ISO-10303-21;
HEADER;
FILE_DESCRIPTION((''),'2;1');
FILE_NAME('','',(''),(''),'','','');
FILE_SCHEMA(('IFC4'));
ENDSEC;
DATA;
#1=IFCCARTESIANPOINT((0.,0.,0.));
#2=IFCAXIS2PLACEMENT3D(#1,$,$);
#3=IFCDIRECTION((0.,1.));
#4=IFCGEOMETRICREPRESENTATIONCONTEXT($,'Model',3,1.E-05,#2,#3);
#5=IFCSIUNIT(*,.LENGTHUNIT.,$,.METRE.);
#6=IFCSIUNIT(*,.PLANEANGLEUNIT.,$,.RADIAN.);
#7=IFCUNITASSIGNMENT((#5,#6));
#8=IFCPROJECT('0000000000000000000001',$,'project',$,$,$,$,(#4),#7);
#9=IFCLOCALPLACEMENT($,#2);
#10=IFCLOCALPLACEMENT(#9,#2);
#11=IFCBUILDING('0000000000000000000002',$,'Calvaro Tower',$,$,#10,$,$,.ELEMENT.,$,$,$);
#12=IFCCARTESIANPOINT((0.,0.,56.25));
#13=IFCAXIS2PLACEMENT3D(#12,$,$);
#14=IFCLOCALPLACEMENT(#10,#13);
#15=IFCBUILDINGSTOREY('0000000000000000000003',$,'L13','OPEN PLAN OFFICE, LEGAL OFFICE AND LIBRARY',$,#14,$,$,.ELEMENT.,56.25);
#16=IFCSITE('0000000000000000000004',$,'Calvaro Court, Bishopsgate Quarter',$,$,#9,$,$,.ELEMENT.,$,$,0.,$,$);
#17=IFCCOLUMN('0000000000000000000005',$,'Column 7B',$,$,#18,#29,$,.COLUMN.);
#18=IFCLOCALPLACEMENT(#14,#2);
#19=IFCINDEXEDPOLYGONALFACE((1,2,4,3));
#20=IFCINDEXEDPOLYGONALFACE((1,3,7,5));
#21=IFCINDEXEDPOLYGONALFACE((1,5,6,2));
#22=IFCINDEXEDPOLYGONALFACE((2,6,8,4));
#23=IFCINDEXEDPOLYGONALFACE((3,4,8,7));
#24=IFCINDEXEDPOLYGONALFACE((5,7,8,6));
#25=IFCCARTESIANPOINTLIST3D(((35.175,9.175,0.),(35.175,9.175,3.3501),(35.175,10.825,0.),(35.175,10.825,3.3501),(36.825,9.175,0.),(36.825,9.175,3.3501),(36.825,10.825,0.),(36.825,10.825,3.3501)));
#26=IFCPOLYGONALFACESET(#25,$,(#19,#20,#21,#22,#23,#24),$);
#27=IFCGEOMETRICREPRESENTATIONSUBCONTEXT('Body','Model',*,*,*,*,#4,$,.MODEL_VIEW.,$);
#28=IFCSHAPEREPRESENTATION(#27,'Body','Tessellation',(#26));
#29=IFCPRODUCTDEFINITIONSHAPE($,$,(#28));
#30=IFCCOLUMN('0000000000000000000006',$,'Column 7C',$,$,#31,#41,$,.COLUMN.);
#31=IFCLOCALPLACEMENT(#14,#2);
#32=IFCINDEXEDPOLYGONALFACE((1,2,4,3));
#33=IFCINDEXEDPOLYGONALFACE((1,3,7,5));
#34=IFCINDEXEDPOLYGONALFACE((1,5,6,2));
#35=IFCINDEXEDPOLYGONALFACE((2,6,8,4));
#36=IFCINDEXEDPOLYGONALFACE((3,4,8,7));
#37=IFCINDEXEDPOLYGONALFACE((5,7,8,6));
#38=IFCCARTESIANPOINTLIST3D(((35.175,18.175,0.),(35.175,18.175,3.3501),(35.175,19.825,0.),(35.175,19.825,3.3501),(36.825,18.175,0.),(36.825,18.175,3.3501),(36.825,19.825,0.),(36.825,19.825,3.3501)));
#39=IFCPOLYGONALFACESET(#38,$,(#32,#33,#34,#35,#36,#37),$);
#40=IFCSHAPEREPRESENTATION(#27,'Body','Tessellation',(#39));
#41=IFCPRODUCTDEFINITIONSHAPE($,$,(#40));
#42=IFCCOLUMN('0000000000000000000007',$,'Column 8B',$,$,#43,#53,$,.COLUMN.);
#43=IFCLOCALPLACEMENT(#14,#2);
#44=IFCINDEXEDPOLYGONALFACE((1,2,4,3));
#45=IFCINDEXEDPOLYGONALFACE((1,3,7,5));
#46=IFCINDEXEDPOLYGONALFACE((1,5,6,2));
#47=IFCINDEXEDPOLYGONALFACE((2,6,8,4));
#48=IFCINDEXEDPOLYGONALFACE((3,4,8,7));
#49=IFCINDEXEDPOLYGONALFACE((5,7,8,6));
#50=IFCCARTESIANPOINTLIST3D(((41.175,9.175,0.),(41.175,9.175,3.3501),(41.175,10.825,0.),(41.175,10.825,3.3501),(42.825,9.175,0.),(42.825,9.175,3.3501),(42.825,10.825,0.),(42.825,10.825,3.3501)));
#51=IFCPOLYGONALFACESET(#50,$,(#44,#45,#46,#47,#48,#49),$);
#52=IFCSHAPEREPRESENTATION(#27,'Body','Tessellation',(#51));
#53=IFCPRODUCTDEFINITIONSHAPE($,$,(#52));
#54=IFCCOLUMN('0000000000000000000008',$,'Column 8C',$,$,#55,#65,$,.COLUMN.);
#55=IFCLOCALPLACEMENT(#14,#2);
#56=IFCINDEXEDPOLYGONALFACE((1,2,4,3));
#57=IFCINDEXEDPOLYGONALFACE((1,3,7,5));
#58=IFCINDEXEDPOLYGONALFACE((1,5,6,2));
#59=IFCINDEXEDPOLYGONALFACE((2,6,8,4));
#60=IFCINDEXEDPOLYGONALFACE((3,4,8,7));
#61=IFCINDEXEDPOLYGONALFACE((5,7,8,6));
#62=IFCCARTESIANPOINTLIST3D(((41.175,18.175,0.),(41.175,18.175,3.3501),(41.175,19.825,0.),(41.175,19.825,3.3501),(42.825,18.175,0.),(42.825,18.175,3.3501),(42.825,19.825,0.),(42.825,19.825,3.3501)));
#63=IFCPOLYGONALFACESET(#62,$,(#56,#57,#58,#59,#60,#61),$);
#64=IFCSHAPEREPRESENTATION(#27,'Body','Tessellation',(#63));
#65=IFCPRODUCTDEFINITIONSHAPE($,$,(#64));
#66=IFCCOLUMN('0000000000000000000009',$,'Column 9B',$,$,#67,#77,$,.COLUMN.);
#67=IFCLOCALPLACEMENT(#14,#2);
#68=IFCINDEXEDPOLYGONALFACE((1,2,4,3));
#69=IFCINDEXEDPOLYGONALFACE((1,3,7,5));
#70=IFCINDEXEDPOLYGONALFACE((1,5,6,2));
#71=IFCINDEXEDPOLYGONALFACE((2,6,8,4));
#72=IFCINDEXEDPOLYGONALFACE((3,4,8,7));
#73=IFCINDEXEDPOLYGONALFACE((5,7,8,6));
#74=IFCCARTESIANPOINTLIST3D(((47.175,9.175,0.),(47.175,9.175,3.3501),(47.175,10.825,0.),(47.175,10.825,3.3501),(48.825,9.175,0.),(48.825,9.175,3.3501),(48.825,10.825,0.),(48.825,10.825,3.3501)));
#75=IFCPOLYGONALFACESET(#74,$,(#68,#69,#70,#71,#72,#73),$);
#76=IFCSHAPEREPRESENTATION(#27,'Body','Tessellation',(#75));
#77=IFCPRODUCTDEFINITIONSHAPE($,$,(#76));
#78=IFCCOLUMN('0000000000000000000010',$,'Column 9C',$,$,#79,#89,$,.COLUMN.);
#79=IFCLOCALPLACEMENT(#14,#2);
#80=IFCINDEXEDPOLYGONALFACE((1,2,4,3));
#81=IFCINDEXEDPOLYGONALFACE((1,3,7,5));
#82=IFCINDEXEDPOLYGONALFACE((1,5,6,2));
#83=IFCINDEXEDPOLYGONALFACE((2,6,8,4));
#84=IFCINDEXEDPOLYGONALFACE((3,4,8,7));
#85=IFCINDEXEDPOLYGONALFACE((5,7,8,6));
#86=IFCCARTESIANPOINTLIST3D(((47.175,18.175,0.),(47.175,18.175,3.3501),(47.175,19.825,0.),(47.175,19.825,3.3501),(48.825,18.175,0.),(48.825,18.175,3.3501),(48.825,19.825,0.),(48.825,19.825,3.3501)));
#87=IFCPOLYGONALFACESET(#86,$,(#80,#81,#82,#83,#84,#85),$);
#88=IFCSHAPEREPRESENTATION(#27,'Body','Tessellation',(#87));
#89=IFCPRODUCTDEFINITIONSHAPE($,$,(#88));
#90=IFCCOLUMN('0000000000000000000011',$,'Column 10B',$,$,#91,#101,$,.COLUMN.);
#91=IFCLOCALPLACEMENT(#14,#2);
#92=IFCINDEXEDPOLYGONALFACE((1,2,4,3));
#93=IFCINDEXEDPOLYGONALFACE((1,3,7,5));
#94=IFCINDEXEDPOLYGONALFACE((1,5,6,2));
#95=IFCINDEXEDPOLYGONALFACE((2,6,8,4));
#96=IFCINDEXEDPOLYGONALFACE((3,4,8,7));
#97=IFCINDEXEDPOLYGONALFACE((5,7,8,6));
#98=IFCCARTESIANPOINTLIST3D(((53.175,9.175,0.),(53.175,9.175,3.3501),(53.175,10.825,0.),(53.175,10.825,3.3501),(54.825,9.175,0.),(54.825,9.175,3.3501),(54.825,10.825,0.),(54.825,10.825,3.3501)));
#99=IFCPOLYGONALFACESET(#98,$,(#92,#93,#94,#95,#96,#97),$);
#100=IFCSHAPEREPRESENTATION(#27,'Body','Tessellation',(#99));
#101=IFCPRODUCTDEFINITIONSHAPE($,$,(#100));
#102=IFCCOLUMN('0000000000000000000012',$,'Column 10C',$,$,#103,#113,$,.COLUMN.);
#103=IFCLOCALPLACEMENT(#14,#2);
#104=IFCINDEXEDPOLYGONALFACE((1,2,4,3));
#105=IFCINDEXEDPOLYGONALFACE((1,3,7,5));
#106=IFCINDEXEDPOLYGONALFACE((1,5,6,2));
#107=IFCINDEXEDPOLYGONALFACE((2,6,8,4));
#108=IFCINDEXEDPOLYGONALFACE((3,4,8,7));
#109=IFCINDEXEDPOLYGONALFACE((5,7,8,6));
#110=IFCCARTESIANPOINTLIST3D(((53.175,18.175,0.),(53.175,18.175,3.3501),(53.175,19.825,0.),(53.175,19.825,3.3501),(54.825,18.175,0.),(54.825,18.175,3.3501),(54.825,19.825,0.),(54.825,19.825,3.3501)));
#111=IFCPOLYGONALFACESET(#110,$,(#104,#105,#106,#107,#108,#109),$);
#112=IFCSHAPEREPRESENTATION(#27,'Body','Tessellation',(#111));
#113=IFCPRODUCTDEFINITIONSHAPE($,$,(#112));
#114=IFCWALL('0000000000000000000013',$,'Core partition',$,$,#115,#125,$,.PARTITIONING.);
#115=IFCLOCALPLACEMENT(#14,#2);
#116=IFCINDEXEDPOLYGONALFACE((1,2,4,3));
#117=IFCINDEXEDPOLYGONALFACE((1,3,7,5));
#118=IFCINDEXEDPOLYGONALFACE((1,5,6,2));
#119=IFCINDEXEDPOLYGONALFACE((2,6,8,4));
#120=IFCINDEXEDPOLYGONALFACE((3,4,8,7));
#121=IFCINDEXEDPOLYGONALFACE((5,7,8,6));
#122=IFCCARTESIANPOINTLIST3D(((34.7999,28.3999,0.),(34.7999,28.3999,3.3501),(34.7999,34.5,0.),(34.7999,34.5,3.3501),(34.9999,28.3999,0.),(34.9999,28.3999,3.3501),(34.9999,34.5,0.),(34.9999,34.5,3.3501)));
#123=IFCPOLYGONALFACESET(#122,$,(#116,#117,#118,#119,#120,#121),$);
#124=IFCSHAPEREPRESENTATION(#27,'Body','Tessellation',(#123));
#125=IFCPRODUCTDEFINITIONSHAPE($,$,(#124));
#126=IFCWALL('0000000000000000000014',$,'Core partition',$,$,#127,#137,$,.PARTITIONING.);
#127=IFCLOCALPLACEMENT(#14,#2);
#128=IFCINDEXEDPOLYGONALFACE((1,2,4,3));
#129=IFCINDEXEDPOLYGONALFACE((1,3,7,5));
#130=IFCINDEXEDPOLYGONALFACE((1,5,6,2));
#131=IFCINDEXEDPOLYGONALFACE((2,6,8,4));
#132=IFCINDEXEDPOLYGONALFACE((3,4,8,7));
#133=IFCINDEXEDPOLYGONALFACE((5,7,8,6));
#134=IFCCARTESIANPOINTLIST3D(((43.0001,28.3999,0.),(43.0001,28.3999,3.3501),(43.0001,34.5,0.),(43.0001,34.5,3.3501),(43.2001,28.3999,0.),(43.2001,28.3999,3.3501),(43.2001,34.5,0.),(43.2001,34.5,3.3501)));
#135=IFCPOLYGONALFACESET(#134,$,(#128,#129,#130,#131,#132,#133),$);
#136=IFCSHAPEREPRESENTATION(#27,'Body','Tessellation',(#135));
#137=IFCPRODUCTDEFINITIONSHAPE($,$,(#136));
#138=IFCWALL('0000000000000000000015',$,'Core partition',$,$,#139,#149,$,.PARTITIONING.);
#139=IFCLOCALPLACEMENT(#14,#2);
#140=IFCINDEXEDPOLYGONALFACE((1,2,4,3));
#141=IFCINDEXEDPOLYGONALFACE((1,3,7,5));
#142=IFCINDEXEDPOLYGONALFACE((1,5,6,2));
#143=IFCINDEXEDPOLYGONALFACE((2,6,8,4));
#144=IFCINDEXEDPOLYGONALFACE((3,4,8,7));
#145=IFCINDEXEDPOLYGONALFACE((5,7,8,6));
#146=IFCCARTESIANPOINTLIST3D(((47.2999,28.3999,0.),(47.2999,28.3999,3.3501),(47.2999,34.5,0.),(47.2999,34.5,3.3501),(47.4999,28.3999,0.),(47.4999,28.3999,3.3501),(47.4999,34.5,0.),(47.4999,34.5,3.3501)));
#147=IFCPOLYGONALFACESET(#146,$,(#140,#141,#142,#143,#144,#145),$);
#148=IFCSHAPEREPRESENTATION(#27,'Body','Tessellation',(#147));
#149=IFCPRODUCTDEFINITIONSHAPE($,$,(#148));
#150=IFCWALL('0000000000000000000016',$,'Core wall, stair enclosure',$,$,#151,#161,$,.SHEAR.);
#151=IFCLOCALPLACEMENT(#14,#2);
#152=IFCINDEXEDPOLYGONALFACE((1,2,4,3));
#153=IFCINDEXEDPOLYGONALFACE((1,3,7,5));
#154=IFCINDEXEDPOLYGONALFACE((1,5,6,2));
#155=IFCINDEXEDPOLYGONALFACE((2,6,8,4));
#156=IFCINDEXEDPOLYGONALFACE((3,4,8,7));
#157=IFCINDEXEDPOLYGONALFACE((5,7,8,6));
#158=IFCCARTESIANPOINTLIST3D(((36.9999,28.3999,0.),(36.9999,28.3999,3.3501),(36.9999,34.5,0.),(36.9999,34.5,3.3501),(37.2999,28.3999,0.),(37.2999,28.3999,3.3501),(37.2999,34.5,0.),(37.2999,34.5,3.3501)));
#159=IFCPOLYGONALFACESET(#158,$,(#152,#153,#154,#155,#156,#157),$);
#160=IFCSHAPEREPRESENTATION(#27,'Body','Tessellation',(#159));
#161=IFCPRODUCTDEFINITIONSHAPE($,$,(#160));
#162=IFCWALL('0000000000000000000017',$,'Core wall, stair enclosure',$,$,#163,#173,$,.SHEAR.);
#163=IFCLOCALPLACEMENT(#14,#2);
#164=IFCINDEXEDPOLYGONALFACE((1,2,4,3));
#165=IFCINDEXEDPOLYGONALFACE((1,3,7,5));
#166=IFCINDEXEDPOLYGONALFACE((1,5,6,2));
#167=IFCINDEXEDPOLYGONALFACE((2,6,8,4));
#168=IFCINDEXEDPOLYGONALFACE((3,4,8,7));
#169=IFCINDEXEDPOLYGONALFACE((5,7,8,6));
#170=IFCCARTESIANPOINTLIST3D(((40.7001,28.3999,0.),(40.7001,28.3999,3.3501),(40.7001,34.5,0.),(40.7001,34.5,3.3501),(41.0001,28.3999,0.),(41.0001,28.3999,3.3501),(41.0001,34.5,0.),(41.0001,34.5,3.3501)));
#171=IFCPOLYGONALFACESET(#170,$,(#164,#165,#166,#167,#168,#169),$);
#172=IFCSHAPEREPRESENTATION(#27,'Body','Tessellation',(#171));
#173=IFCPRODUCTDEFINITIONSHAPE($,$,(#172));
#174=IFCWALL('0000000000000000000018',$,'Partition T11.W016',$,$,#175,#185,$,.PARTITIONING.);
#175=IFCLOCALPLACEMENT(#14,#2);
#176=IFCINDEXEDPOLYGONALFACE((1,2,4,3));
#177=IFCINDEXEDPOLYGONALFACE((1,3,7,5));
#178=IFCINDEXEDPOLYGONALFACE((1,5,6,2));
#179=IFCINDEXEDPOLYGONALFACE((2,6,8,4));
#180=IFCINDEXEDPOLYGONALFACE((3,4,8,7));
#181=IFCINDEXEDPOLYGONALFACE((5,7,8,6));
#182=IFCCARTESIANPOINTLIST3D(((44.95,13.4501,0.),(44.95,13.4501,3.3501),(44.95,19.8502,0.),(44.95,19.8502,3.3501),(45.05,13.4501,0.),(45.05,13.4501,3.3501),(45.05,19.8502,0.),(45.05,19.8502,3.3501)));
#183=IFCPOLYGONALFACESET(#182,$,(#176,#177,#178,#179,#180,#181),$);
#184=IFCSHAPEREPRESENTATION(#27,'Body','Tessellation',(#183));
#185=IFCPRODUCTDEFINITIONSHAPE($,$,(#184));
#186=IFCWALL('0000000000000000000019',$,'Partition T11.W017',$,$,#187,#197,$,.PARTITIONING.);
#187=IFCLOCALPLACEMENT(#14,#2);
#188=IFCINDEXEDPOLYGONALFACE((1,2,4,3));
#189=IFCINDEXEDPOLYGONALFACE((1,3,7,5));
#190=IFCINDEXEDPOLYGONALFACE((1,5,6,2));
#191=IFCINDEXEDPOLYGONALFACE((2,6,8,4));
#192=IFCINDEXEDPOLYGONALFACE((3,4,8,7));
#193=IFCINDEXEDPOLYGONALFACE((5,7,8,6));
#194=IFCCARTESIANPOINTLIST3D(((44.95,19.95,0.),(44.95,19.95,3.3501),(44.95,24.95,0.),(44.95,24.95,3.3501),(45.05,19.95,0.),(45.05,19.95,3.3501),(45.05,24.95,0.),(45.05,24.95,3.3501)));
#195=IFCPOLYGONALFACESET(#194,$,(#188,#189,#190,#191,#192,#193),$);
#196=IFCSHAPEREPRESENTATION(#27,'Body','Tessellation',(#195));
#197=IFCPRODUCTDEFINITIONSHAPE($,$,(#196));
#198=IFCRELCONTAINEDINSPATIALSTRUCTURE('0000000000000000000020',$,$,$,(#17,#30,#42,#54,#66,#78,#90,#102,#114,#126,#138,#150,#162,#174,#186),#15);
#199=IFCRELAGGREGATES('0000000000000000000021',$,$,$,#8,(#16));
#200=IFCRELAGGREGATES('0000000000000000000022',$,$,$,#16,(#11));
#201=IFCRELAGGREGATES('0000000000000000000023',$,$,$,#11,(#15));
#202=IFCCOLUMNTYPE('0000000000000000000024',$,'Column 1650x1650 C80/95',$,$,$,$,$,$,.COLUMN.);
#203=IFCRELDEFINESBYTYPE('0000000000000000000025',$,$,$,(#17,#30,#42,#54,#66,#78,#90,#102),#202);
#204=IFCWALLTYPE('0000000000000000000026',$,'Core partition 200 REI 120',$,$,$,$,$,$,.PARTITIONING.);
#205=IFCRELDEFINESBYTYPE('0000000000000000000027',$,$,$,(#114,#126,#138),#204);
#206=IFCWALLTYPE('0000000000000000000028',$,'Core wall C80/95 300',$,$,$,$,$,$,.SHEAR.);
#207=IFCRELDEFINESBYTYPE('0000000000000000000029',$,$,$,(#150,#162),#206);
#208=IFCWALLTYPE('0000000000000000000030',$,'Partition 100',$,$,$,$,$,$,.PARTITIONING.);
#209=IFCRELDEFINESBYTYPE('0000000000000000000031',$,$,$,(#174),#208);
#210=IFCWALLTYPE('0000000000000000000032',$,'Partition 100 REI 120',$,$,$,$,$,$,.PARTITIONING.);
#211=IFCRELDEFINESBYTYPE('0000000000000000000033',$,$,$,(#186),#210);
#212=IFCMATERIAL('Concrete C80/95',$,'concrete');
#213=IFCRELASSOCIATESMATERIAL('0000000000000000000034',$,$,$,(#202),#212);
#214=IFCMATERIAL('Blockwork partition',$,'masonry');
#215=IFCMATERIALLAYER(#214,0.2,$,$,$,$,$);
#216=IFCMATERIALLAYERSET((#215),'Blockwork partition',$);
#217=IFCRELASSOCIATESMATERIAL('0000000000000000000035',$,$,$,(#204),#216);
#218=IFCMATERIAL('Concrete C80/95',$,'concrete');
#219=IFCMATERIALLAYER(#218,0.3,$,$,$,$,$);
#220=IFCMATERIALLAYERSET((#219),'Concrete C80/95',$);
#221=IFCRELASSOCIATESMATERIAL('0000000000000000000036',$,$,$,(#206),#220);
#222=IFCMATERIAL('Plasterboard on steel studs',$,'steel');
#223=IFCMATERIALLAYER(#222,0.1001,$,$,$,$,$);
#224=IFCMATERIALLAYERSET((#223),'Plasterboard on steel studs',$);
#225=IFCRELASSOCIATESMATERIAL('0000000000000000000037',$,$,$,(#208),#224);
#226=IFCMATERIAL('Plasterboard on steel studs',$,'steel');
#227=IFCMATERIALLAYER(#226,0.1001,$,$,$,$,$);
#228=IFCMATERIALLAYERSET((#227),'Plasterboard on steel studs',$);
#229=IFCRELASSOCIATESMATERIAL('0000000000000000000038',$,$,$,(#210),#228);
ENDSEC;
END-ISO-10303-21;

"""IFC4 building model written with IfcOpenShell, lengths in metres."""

from ifc_helpers import new_model, si_unit, direction, frame, frame_2d, origin, origin_2d, place, context, subcontext, project, spatial, rectangle, extrude, material, layer, layer_set, material_profile, profile_set, type_object, element, save


model = new_model("IFC4")

# Units and contexts
model_context = context("Model", 3, precision=1e-05, world=origin(), true_north=direction((0.0, 1.0)))
body_context = subcontext(model_context, "Body", "Model", "MODEL_VIEW")
ifc_project = project(units=[si_unit("LENGTHUNIT", "METRE"), si_unit("PLANEANGLEUNIT", "RADIAN")], contexts=[model_context])

# Site, building, storey
site_placement = place(None, origin())
site = spatial("IfcSite", under=ifc_project, at=site_placement, Name="Calvaro Court, Bishopsgate Quarter", CompositionType="ELEMENT", RefElevation=0.0)
building_placement = place(site_placement, origin())
building = spatial("IfcBuilding", under=site, at=building_placement, Name="Calvaro Tower", CompositionType="ELEMENT")
storey_placement = place(building_placement, frame((0.0, 0.0, 56.25)))
storey = spatial("IfcBuildingStorey", under=building, at=storey_placement, Name="L13", Description="OPEN PLAN OFFICE, LEGAL OFFICE AND LIBRARY", CompositionType="ELEMENT", Elevation=56.25)

# Columns
ifc_material_1 = material(Name="Concrete C80/95", Category="concrete")
ifc_material_profile = material_profile(ifc_material_1, rectangle(XDim=1.6499, YDim=1.6499, at=origin_2d()), Name="RC 1650x1650")
ifc_profile_set = profile_set([ifc_material_profile], Name="Concrete C80/95")
column_type = type_object("IfcColumnType", Name="Column 1650x1650 C80/95", PredefinedType="COLUMN", material=ifc_profile_set)
for number, where, z_axis, x_axis, name in (
    (1, (36.0, 10.0, 0.0), (0.0, 0.0, 1.0), (1.0, 0.0, 0.0), "Column 7B"),
    (2, (36.0, 19.0, 0.0), (0.0, 0.0, 1.0), (1.0, 0.0, 0.0), "Column 7C"),
    (3, (42.0, 10.0, 0.0), (0.0, 0.0, 1.0), (1.0, 0.0, 0.0), "Column 8B"),
    (4, (42.0, 19.0, 0.0), (0.0, 0.0, 1.0), (1.0, 0.0, 0.0), "Column 8C"),
    (5, (48.0, 10.0, 0.0), (0.0, 0.0, 1.0), (1.0, 0.0, 0.0), "Column 9B"),
    (6, (48.0, 19.0, 0.0), (0.0, 0.0, 1.0), (1.0, 0.0, 0.0), "Column 9C"),
    (7, (54.0, 10.0, 0.0), (0.0, 0.0, 1.0), (1.0, 0.0, 0.0), "Column 10B"),
    (8, (54.0, 19.0, 0.0), (0.0, 0.0, 1.0), (1.0, 0.0, 0.0), "Column 10C"),
):
    element("IfcColumn", number, at=place(storey_placement, frame(where, z_axis=z_axis, x_axis=x_axis)), inside=storey, type_object=column_type, Name=name, PredefinedType="COLUMN", context=body_context, shape_type="SweptSolid", body=[
        extrude(rectangle(XDim=1.6499, YDim=1.6499, at=origin_2d()), origin(), (0.0, 0.0, 1.0), 3.3501),
    ])

# Walls
ifc_material_2 = material(Name="Blockwork partition", Category="masonry")
ifc_layer_1 = layer(ifc_material_2, 0.2)
ifc_layer_set_1 = layer_set([ifc_layer_1], Name="Blockwork partition")
wall_type_1 = type_object("IfcWallType", Name="Core partition 200 REI 120", PredefinedType="PARTITIONING", material=ifc_layer_set_1)
for number, where, z_axis, x_axis, name in (
    (9, (34.8999, 28.3999, 0.0), (0.0, 0.0, 1.0), (0.0, 1.0, 0.0), "Core partition"),
    (10, (43.1001, 28.3999, 0.0), (0.0, 0.0, 1.0), (0.0, 1.0, 0.0), "Core partition"),
    (11, (47.3999, 28.3999, 0.0), (0.0, 0.0, 1.0), (0.0, 1.0, 0.0), "Core partition"),
):
    element("IfcWall", number, at=place(storey_placement, frame(where, z_axis=z_axis, x_axis=x_axis)), inside=storey, type_object=wall_type_1, Name=name, PredefinedType="PARTITIONING", context=body_context, shape_type="SweptSolid", body=[
        extrude(rectangle(XDim=6.1001, YDim=0.2, at=frame_2d((3.05, 0.0))), origin(), (0.0, 0.0, 1.0), 3.3501),
    ])
ifc_material_3 = material(Name="Concrete C80/95", Category="concrete")
ifc_layer_2 = layer(ifc_material_3, 0.3)
ifc_layer_set_2 = layer_set([ifc_layer_2], Name="Concrete C80/95")
wall_type_2 = type_object("IfcWallType", Name="Core wall C80/95 300", PredefinedType="SHEAR", material=ifc_layer_set_2)
for number, where, z_axis, x_axis, name in (
    (12, (37.1499, 28.3999, 0.0), (0.0, 0.0, 1.0), (0.0, 1.0, 0.0), "Core wall, stair enclosure"),
    (13, (40.8501, 28.3999, 0.0), (0.0, 0.0, 1.0), (0.0, 1.0, 0.0), "Core wall, stair enclosure"),
):
    element("IfcWall", number, at=place(storey_placement, frame(where, z_axis=z_axis, x_axis=x_axis)), inside=storey, type_object=wall_type_2, Name=name, PredefinedType="SHEAR", context=body_context, shape_type="SweptSolid", body=[
        extrude(rectangle(XDim=6.1001, YDim=0.3, at=frame_2d((3.05, 0.0))), origin(), (0.0, 0.0, 1.0), 3.3501),
    ])
ifc_material_4 = material(Name="Plasterboard on steel studs", Category="steel")
ifc_layer_3 = layer(ifc_material_4, 0.1001)
ifc_layer_set_3 = layer_set([ifc_layer_3], Name="Plasterboard on steel studs")
wall_type_3 = type_object("IfcWallType", Name="Partition 100", PredefinedType="PARTITIONING", material=ifc_layer_set_3)
wall_1_placement = place(storey_placement, frame((45.0, 13.45, 0.0), z_axis=(0.0, 0.0, 1.0), x_axis=(0.0, 1.0, 0.0)))
element("IfcWall", 14, at=wall_1_placement, inside=storey, type_object=wall_type_3, Name="Partition T11.W016", PredefinedType="PARTITIONING", context=body_context, shape_type="SweptSolid", body=[
    extrude(rectangle(XDim=6.4001, YDim=0.1001, at=frame_2d((3.2002, 0.0))), origin(), (0.0, 0.0, 1.0), 3.3501),
])
ifc_material_5 = material(Name="Plasterboard on steel studs", Category="steel")
ifc_layer_4 = layer(ifc_material_5, 0.1001)
ifc_layer_set_4 = layer_set([ifc_layer_4], Name="Plasterboard on steel studs")
wall_type_4 = type_object("IfcWallType", Name="Partition 100 REI 120", PredefinedType="PARTITIONING", material=ifc_layer_set_4)
wall_2_placement = place(storey_placement, frame((45.0, 19.95, 0.0), z_axis=(0.0, 0.0, 1.0), x_axis=(0.0, 1.0, 0.0)))
element("IfcWall", 15, at=wall_2_placement, inside=storey, type_object=wall_type_4, Name="Partition T11.W017", PredefinedType="PARTITIONING", context=body_context, shape_type="SweptSolid", body=[
    extrude(rectangle(XDim=5.0, YDim=0.1001, at=frame_2d((2.5, 0.0))), origin(), (0.0, 0.0, 1.0), 3.3501),
])

save(model, "model.ifc")
